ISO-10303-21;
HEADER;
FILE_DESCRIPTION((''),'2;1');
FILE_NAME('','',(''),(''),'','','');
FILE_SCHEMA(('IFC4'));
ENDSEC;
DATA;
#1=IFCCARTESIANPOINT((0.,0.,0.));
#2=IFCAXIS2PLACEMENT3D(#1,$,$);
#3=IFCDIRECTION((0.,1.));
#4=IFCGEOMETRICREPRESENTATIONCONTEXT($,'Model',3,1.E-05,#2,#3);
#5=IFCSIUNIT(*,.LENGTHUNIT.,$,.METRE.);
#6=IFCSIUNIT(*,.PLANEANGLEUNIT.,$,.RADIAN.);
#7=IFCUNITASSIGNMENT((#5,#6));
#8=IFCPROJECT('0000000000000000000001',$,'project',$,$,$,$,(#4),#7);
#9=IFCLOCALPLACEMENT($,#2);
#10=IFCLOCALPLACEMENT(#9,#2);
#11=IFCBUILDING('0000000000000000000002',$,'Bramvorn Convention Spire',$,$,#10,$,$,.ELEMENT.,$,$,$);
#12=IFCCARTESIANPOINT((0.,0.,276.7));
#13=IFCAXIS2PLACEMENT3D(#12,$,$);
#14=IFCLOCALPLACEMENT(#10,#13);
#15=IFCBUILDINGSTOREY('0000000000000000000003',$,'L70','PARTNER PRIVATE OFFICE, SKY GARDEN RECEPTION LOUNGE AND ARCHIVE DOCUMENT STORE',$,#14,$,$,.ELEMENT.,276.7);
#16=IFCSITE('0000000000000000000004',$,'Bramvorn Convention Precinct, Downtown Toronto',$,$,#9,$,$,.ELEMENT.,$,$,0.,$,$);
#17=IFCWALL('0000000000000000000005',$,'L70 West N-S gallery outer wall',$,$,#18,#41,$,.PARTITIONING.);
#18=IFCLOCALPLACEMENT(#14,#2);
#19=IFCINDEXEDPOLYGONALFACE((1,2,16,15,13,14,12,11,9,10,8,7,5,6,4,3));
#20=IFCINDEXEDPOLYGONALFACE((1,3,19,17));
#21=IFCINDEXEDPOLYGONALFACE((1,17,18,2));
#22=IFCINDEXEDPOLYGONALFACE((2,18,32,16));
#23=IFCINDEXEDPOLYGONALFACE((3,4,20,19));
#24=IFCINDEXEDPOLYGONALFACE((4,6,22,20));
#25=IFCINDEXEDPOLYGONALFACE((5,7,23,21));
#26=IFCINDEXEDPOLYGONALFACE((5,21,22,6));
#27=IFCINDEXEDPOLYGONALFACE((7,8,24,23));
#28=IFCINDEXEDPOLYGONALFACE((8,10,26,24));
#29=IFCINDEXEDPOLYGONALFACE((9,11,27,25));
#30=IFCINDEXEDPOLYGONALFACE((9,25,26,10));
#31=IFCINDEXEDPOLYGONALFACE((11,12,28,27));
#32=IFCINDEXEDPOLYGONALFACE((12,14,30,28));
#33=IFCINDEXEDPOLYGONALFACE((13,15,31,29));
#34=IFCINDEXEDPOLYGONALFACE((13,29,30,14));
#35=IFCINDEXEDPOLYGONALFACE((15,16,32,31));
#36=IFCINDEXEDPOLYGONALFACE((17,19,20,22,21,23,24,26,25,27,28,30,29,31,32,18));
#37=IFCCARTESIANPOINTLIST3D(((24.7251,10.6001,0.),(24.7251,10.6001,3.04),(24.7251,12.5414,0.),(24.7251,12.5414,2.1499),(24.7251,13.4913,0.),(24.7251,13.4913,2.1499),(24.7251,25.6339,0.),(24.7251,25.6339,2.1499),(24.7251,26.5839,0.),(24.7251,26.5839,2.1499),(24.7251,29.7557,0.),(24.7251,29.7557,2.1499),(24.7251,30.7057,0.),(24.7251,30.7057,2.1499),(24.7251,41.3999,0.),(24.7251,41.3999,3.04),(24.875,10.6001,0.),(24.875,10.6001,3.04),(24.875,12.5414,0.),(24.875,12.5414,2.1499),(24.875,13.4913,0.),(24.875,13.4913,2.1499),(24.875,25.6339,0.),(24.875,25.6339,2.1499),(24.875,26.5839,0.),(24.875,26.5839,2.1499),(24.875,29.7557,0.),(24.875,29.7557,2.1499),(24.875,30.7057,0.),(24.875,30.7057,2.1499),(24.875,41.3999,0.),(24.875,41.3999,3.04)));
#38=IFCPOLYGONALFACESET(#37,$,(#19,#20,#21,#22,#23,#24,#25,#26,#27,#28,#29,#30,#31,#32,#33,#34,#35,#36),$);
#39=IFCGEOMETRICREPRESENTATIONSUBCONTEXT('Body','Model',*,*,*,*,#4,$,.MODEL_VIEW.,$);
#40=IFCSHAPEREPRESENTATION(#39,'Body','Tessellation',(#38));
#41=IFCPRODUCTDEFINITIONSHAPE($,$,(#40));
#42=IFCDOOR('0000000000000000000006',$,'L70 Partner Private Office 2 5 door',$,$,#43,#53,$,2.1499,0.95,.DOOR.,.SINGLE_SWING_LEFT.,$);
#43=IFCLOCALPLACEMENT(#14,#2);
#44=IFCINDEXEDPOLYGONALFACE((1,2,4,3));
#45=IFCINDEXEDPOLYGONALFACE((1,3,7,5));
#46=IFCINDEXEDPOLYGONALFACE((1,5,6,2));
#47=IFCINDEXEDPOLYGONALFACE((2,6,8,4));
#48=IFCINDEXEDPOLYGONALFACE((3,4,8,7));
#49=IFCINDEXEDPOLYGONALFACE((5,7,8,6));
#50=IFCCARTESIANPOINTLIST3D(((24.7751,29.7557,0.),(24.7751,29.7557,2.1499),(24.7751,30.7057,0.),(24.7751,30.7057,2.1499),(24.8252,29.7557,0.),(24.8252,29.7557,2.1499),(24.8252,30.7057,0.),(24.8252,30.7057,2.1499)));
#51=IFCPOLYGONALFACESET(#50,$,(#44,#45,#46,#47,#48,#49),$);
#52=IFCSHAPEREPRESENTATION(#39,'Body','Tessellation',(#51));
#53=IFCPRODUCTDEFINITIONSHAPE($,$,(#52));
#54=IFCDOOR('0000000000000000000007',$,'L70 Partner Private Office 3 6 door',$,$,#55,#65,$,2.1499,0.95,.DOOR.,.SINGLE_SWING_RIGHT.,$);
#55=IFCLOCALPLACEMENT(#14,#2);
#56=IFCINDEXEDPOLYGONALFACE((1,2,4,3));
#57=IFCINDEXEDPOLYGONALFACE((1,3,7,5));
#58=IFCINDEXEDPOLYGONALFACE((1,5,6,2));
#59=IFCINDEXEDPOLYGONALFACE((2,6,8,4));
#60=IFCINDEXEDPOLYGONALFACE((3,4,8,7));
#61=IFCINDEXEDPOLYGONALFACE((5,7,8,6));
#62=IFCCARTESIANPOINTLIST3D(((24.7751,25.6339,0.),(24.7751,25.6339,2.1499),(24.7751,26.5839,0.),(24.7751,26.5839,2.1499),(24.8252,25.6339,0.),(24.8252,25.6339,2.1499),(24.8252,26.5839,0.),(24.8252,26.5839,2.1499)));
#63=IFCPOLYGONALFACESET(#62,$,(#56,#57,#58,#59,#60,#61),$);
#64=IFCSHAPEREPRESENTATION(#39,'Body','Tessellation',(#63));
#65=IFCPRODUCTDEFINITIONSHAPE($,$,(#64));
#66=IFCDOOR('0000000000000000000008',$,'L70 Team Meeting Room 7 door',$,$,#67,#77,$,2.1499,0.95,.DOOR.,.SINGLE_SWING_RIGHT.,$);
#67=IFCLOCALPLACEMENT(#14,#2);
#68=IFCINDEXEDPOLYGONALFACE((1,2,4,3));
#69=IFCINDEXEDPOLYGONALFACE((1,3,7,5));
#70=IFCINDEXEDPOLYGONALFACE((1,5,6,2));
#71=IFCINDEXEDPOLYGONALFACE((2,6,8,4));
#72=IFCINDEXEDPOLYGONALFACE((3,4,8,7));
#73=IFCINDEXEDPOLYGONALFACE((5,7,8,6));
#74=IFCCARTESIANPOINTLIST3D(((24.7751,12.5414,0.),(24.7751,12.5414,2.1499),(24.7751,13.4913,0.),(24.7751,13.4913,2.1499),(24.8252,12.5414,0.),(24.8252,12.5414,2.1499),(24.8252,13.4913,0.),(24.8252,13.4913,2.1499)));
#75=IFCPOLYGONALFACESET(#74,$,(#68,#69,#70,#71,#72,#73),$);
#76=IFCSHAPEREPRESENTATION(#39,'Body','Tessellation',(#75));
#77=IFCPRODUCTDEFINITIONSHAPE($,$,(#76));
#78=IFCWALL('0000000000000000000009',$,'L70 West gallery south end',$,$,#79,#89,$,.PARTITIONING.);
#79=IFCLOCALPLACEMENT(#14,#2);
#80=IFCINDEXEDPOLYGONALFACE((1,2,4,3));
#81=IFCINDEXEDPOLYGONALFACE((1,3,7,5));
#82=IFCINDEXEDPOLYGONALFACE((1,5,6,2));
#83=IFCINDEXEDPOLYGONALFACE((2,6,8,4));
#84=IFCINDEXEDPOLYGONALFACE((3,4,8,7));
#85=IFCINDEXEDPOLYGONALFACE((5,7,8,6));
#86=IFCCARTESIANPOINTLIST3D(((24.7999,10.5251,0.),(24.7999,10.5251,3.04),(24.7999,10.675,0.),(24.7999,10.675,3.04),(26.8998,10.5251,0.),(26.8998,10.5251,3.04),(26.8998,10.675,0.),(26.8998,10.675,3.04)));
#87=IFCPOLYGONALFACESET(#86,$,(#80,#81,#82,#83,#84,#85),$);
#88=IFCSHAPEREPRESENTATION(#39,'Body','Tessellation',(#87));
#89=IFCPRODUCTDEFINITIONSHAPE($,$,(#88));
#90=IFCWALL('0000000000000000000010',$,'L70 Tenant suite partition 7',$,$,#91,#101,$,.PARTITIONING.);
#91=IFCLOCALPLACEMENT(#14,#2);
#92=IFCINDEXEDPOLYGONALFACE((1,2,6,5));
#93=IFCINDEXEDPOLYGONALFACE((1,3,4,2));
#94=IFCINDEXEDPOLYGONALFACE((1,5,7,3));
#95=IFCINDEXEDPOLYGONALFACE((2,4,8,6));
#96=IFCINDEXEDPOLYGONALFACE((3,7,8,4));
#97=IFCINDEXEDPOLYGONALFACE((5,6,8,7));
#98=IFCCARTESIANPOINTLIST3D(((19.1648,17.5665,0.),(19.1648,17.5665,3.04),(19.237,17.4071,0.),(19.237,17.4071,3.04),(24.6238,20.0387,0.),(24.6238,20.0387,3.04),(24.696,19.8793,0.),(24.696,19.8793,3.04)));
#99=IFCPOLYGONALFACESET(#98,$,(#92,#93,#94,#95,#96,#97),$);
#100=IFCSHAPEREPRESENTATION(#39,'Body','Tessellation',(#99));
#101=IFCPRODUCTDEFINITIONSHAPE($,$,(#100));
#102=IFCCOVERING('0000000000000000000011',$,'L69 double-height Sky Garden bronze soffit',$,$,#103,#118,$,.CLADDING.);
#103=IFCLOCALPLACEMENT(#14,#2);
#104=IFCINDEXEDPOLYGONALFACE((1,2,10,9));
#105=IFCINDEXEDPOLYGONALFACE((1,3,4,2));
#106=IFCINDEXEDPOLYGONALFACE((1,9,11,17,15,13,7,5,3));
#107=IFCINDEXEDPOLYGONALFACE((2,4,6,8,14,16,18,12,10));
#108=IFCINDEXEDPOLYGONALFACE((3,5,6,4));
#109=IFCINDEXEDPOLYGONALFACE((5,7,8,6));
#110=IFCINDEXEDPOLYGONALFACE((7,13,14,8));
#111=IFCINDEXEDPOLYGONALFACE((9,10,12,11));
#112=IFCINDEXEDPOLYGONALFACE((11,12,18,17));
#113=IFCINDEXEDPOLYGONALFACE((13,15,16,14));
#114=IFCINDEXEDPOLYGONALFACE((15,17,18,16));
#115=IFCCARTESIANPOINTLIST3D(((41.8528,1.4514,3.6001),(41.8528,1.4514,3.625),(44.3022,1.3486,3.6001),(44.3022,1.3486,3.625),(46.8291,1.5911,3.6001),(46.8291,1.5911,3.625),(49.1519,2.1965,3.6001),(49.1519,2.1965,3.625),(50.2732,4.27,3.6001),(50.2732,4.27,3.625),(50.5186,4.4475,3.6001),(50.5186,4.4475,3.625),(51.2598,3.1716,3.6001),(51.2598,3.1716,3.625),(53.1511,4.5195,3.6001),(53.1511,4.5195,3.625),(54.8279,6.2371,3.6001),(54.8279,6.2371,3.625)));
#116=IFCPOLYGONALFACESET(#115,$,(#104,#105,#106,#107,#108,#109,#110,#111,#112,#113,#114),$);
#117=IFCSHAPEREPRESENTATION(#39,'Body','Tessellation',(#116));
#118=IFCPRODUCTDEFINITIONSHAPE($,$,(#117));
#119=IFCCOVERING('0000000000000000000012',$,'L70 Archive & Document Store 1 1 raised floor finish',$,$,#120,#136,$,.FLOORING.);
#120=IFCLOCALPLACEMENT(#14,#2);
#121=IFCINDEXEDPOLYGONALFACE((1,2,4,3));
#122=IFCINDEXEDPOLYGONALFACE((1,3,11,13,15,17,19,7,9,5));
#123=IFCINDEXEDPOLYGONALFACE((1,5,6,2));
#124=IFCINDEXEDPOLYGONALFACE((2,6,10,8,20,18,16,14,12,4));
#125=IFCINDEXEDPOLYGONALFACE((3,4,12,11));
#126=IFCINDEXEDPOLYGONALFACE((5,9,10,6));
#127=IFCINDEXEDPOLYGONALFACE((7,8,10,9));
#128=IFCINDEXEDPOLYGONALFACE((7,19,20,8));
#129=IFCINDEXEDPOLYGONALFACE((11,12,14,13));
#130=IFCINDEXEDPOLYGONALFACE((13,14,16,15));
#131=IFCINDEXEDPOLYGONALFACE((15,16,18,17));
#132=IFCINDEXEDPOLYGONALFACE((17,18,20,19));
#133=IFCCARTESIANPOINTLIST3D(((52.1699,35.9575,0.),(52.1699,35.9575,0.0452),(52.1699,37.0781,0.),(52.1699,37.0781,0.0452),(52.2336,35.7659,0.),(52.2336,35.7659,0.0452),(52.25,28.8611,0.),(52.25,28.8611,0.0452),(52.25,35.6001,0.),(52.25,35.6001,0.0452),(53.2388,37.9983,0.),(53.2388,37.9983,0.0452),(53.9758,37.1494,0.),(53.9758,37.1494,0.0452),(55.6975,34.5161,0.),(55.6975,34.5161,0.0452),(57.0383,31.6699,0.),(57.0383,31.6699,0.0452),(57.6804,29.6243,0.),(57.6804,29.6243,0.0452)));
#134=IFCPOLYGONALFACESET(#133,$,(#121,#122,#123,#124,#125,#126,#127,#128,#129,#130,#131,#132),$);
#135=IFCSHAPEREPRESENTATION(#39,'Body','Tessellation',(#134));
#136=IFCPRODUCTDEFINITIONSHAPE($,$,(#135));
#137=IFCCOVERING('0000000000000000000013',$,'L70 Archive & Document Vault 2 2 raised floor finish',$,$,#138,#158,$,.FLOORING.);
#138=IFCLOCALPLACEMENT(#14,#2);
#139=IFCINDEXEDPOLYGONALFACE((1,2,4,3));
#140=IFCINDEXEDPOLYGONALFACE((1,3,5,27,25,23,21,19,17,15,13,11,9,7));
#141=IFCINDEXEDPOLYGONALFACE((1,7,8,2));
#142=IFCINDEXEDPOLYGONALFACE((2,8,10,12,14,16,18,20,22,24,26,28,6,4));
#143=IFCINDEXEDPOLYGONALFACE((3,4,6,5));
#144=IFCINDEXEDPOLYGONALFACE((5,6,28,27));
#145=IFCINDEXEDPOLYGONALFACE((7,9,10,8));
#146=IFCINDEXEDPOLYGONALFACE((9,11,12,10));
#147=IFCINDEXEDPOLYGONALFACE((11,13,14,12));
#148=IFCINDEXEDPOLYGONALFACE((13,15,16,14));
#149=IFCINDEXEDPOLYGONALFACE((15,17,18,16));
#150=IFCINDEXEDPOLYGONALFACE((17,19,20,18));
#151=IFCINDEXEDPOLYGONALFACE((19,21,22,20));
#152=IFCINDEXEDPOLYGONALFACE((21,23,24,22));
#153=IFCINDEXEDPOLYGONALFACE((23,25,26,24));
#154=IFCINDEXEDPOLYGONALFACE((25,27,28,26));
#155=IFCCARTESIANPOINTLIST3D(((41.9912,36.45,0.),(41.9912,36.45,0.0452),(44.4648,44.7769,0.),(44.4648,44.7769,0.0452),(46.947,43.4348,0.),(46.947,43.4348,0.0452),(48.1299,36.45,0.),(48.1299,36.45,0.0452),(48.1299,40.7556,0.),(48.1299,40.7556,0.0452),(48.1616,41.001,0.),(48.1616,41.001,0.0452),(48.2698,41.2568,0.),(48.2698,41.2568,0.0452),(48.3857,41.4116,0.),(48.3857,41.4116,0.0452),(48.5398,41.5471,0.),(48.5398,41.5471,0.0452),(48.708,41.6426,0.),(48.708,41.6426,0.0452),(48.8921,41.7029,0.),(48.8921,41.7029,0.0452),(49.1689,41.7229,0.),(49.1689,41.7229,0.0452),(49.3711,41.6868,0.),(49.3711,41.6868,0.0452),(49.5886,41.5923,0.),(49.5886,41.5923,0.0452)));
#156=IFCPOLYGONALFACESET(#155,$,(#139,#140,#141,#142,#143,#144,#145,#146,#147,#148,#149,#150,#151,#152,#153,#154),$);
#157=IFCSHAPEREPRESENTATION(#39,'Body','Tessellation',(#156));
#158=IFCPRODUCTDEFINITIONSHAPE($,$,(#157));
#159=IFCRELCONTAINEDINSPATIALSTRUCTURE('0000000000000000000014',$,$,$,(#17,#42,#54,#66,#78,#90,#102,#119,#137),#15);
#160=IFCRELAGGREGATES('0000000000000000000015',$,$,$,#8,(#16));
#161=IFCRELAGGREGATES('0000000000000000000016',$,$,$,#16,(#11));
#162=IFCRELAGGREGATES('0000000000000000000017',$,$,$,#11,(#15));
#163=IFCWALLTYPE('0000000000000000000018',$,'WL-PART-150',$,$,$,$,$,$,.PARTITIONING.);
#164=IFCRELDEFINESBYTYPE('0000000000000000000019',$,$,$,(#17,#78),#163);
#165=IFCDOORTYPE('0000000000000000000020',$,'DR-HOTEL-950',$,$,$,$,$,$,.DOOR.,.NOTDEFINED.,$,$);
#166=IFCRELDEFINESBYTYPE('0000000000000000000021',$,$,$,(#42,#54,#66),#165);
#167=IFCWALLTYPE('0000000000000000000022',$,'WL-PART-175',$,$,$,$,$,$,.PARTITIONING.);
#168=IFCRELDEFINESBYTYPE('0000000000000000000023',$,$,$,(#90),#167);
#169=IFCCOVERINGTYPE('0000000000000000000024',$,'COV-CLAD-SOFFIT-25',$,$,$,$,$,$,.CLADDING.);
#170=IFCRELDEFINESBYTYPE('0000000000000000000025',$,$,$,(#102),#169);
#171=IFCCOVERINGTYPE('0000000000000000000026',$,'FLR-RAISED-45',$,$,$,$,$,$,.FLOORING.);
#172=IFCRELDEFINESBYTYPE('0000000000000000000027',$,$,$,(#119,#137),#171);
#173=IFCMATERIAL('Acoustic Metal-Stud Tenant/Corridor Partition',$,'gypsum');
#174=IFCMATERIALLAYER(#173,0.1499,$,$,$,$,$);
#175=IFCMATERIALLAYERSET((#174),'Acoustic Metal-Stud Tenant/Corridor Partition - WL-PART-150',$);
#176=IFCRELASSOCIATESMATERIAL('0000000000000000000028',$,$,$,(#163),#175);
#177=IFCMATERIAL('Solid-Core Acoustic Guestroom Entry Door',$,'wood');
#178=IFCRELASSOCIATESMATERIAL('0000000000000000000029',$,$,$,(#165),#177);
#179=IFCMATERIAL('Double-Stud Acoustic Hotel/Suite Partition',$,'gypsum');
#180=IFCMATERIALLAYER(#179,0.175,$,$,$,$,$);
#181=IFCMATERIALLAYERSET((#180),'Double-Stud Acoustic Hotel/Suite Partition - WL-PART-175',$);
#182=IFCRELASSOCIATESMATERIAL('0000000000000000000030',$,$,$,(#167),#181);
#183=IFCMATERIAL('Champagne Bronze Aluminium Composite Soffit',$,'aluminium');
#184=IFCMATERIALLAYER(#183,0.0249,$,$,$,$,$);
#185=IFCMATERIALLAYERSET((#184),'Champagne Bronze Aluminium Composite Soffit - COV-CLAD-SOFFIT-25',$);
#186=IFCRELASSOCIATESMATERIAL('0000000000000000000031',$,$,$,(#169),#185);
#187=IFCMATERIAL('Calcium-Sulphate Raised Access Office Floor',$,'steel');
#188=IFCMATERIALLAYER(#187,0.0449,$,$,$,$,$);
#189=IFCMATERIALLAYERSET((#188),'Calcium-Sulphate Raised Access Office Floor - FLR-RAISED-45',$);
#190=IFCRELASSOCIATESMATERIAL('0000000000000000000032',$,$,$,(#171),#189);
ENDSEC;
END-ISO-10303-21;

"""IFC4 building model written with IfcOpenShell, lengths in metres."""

from ifc_helpers import new_model, si_unit, direction, frame, frame_2d, origin, place, context, subcontext, project, spatial, polyline, rectangle, outline, extrude, material, layer, layer_set, type_object, element, fill, save


model = new_model("IFC4")

# Units and contexts
model_context = context("Model", 3, precision=1e-05, world=origin(), true_north=direction((0.0, 1.0)))
body_context = subcontext(model_context, "Body", "Model", "MODEL_VIEW")
ifc_project = project(units=[si_unit("LENGTHUNIT", "METRE"), si_unit("PLANEANGLEUNIT", "RADIAN")], contexts=[model_context])

# Site, building, storey
site_placement = place(None, origin())
site = spatial("IfcSite", under=ifc_project, at=site_placement, Name="Bramvorn Convention Precinct, Downtown Toronto", CompositionType="ELEMENT", RefElevation=0.0)
building_placement = place(site_placement, origin())
building = spatial("IfcBuilding", under=site, at=building_placement, Name="Bramvorn Convention Spire", CompositionType="ELEMENT")
storey_placement = place(building_placement, frame((0.0, 0.0, 276.7)))
storey = spatial("IfcBuildingStorey", under=building, at=storey_placement, Name="L70", Description="PARTNER PRIVATE OFFICE, SKY GARDEN RECEPTION LOUNGE AND ARCHIVE DOCUMENT STORE", CompositionType="ELEMENT", Elevation=276.7)

# Wall, openings, doors
ifc_material_1 = material(Name="Acoustic Metal-Stud Tenant/Corridor Partition", Category="gypsum")
ifc_layer_1 = layer(ifc_material_1, 0.1499)
ifc_layer_set_1 = layer_set([ifc_layer_1], Name="Acoustic Metal-Stud Tenant/Corridor Partition - WL-PART-150")
wall_type_1 = type_object("IfcWallType", Name="WL-PART-150", PredefinedType="PARTITIONING", material=ifc_layer_set_1)
wall_1_placement = place(storey_placement, frame((24.8, 10.6001, 0.0), z_axis=(0.0, 0.0, 1.0), x_axis=(0.0, 1.0, 0.0)))
wall_1 = element("IfcWall", 1, at=wall_1_placement, inside=storey, type_object=wall_type_1, Name="L70 West N-S gallery outer wall", PredefinedType="PARTITIONING", context=body_context, shape_type="SweptSolid", body=[
    extrude(rectangle(XDim=30.7998, YDim=0.1499, at=frame_2d((15.3999, 0.0))), origin(), (0.0, 0.0, 1.0), 3.04),
])
opening_1_placement = place(wall_1_placement, frame((19.1555, 0.0, 0.0)))
opening_1 = element("IfcOpeningElement", 2, at=opening_1_placement, cuts=wall_1, PredefinedType="OPENING", context=body_context, shape_type="SweptSolid", body=[
    extrude(rectangle(XDim=0.95, YDim=2.1499, at=frame_2d((0.4751, 1.075))), frame((0.0, 0.085, 0.0), z_axis=(0.0, -1.0, 0.0), x_axis=(1.0, 0.0, 0.0)), (0.0, 0.0, 1.0), 0.1699),
])
opening_2_placement = place(wall_1_placement, frame((15.0337, 0.0, 0.0)))
opening_2 = element("IfcOpeningElement", 3, at=opening_2_placement, cuts=wall_1, PredefinedType="OPENING", context=body_context, shape_type="SweptSolid", body=[
    extrude(rectangle(XDim=0.95, YDim=2.1499, at=frame_2d((0.4751, 1.075))), frame((0.0, 0.085, 0.0), z_axis=(0.0, -1.0, 0.0), x_axis=(1.0, 0.0, 0.0)), (0.0, 0.0, 1.0), 0.1699),
])
opening_3_placement = place(wall_1_placement, frame((1.9412, 0.0, 0.0)))
opening_3 = element("IfcOpeningElement", 4, at=opening_3_placement, cuts=wall_1, PredefinedType="OPENING", context=body_context, shape_type="SweptSolid", body=[
    extrude(rectangle(XDim=0.95, YDim=2.1499, at=frame_2d((0.4751, 1.075))), frame((0.0, 0.085, 0.0), z_axis=(0.0, -1.0, 0.0), x_axis=(1.0, 0.0, 0.0)), (0.0, 0.0, 1.0), 0.1699),
])
ifc_material_2 = material(Name="Solid-Core Acoustic Guestroom Entry Door", Category="wood")
door_type = type_object("IfcDoorType", Name="DR-HOTEL-950", OperationType="NOTDEFINED", PredefinedType="DOOR", material=ifc_material_2)
door_1_placement = place(opening_1_placement, origin())
door_1 = element("IfcDoor", 5, at=door_1_placement, inside=storey, type_object=door_type, Name="L70 Partner Private Office 2 5 door", OperationType="SINGLE_SWING_LEFT", OverallHeight=2.1499, OverallWidth=0.95, PredefinedType="DOOR", context=body_context, shape_type="SweptSolid", body=[
    extrude(rectangle(XDim=0.95, YDim=2.1499, at=frame_2d((0.4751, 1.075))), frame((0.0, 0.0249, 0.0), z_axis=(0.0, -1.0, 0.0), x_axis=(1.0, 0.0, 0.0)), (0.0, 0.0, 1.0), 0.05),
])
fill(opening_1, door_1)
door_2_placement = place(opening_2_placement, origin())
door_2 = element("IfcDoor", 6, at=door_2_placement, inside=storey, type_object=door_type, Name="L70 Partner Private Office 3 6 door", OperationType="SINGLE_SWING_RIGHT", OverallHeight=2.1499, OverallWidth=0.95, PredefinedType="DOOR", context=body_context, shape_type="SweptSolid", body=[
    extrude(rectangle(XDim=0.95, YDim=2.1499, at=frame_2d((0.4751, 1.075))), frame((0.0, 0.0249, 0.0), z_axis=(0.0, -1.0, 0.0), x_axis=(1.0, 0.0, 0.0)), (0.0, 0.0, 1.0), 0.05),
])
fill(opening_2, door_2)
door_3_placement = place(opening_3_placement, origin())
door_3 = element("IfcDoor", 7, at=door_3_placement, inside=storey, type_object=door_type, Name="L70 Team Meeting Room 7 door", OperationType="SINGLE_SWING_RIGHT", OverallHeight=2.1499, OverallWidth=0.95, PredefinedType="DOOR", context=body_context, shape_type="SweptSolid", body=[
    extrude(rectangle(XDim=0.95, YDim=2.1499, at=frame_2d((0.4751, 1.075))), frame((0.0, 0.0249, 0.0), z_axis=(0.0, -1.0, 0.0), x_axis=(1.0, 0.0, 0.0)), (0.0, 0.0, 1.0), 0.05),
])
fill(opening_3, door_3)

# Walls
wall_2_placement = place(storey_placement, frame((24.8, 10.6001, 0.0), z_axis=(0.0, 0.0, 1.0), x_axis=(1.0, 0.0, 0.0)))
element("IfcWall", 8, at=wall_2_placement, inside=storey, type_object=wall_type_1, Name="L70 West gallery south end", PredefinedType="PARTITIONING", context=body_context, shape_type="SweptSolid", body=[
    extrude(rectangle(XDim=2.0999, YDim=0.1499, at=frame_2d((1.0498, 0.0))), origin(), (0.0, 0.0, 1.0), 3.04),
])
ifc_material_3 = material(Name="Double-Stud Acoustic Hotel/Suite Partition", Category="gypsum")
ifc_layer_2 = layer(ifc_material_3, 0.175)
ifc_layer_set_2 = layer_set([ifc_layer_2], Name="Double-Stud Acoustic Hotel/Suite Partition - WL-PART-175")
wall_type_2 = type_object("IfcWallType", Name="WL-PART-175", PredefinedType="PARTITIONING", material=ifc_layer_set_2)
wall_3_placement = place(storey_placement, frame((24.6599, 19.959, 0.0), z_axis=(0.0, 0.0, 1.0), x_axis=(-0.910943, -0.412532, 0.0)))
element("IfcWall", 9, at=wall_3_placement, inside=storey, type_object=wall_type_2, Name="L70 Tenant suite partition 7", PredefinedType="PARTITIONING", context=body_context, shape_type="SweptSolid", body=[
    extrude(rectangle(XDim=5.9927, YDim=0.175, at=frame_2d((2.9963, 0.0))), origin(), (0.0, 0.0, 1.0), 3.04),
])

# Coverings
ifc_material_4 = material(Name="Champagne Bronze Aluminium Composite Soffit", Category="aluminium")
ifc_layer_3 = layer(ifc_material_4, 0.0249)
ifc_layer_set_3 = layer_set([ifc_layer_3], Name="Champagne Bronze Aluminium Composite Soffit - COV-CLAD-SOFFIT-25")
covering_type_1 = type_object("IfcCoveringType", Name="COV-CLAD-SOFFIT-25", PredefinedType="CLADDING", material=ifc_layer_set_3)
covering_1_placement = place(storey_placement, frame((0.0, 0.0, 3.6001)))
element("IfcCovering", 10, at=covering_1_placement, inside=storey, type_object=covering_type_1, Name="L69 double-height Sky Garden bronze soffit", PredefinedType="CLADDING", context=body_context, shape_type="SweptSolid", body=[
    extrude(outline(polyline([(54.8279, 6.2371), (50.5186, 4.4475), (50.2732, 4.27), (41.8528, 1.4514), (44.3022, 1.3486), (46.8291, 1.5911), (49.1519, 2.1965), (51.2598, 3.1716), (53.1511, 4.5195), (54.8279, 6.2371)])), origin(), (0.0, 0.0, 1.0), 0.0249),
])
ifc_material_5 = material(Name="Calcium-Sulphate Raised Access Office Floor", Category="steel")
ifc_layer_4 = layer(ifc_material_5, 0.0449)
ifc_layer_set_4 = layer_set([ifc_layer_4], Name="Calcium-Sulphate Raised Access Office Floor - FLR-RAISED-45")
covering_type_2 = type_object("IfcCoveringType", Name="FLR-RAISED-45", PredefinedType="FLOORING", material=ifc_layer_set_4)
covering_2_placement = place(storey_placement, origin())
element("IfcCovering", 11, at=covering_2_placement, inside=storey, type_object=covering_type_2, Name="L70 Archive & Document Store 1 1 raised floor finish", PredefinedType="FLOORING", context=body_context, shape_type="SweptSolid", body=[
    extrude(outline(polyline([(52.2336, 35.7659), (52.25, 35.6001), (52.25, 28.8611), (57.6804, 29.6243), (57.0383, 31.6699), (55.6975, 34.5161), (53.9758, 37.1494), (53.2388, 37.9983), (52.1699, 37.0781), (52.1699, 35.9575), (52.2336, 35.7659)])), origin(), (0.0, 0.0, 1.0), 0.0452),
])
covering_3_placement = place(storey_placement, origin())
element("IfcCovering", 12, at=covering_3_placement, inside=storey, type_object=covering_type_2, Name="L70 Archive & Document Vault 2 2 raised floor finish", PredefinedType="FLOORING", context=body_context, shape_type="SweptSolid", body=[
    extrude(outline(polyline([(41.9912, 36.45), (48.1299, 36.45), (48.1299, 40.7556), (48.1616, 41.001), (48.2698, 41.2568), (48.3857, 41.4116), (48.5398, 41.5471), (48.708, 41.6426), (48.8921, 41.7029), (49.1689, 41.7229), (49.3711, 41.6868), (49.5886, 41.5923), (46.947, 43.4348), (44.4648, 44.7769), (41.9912, 36.45)])), origin(), (0.0, 0.0, 1.0), 0.0452),
])

save(model, "model.ifc")
